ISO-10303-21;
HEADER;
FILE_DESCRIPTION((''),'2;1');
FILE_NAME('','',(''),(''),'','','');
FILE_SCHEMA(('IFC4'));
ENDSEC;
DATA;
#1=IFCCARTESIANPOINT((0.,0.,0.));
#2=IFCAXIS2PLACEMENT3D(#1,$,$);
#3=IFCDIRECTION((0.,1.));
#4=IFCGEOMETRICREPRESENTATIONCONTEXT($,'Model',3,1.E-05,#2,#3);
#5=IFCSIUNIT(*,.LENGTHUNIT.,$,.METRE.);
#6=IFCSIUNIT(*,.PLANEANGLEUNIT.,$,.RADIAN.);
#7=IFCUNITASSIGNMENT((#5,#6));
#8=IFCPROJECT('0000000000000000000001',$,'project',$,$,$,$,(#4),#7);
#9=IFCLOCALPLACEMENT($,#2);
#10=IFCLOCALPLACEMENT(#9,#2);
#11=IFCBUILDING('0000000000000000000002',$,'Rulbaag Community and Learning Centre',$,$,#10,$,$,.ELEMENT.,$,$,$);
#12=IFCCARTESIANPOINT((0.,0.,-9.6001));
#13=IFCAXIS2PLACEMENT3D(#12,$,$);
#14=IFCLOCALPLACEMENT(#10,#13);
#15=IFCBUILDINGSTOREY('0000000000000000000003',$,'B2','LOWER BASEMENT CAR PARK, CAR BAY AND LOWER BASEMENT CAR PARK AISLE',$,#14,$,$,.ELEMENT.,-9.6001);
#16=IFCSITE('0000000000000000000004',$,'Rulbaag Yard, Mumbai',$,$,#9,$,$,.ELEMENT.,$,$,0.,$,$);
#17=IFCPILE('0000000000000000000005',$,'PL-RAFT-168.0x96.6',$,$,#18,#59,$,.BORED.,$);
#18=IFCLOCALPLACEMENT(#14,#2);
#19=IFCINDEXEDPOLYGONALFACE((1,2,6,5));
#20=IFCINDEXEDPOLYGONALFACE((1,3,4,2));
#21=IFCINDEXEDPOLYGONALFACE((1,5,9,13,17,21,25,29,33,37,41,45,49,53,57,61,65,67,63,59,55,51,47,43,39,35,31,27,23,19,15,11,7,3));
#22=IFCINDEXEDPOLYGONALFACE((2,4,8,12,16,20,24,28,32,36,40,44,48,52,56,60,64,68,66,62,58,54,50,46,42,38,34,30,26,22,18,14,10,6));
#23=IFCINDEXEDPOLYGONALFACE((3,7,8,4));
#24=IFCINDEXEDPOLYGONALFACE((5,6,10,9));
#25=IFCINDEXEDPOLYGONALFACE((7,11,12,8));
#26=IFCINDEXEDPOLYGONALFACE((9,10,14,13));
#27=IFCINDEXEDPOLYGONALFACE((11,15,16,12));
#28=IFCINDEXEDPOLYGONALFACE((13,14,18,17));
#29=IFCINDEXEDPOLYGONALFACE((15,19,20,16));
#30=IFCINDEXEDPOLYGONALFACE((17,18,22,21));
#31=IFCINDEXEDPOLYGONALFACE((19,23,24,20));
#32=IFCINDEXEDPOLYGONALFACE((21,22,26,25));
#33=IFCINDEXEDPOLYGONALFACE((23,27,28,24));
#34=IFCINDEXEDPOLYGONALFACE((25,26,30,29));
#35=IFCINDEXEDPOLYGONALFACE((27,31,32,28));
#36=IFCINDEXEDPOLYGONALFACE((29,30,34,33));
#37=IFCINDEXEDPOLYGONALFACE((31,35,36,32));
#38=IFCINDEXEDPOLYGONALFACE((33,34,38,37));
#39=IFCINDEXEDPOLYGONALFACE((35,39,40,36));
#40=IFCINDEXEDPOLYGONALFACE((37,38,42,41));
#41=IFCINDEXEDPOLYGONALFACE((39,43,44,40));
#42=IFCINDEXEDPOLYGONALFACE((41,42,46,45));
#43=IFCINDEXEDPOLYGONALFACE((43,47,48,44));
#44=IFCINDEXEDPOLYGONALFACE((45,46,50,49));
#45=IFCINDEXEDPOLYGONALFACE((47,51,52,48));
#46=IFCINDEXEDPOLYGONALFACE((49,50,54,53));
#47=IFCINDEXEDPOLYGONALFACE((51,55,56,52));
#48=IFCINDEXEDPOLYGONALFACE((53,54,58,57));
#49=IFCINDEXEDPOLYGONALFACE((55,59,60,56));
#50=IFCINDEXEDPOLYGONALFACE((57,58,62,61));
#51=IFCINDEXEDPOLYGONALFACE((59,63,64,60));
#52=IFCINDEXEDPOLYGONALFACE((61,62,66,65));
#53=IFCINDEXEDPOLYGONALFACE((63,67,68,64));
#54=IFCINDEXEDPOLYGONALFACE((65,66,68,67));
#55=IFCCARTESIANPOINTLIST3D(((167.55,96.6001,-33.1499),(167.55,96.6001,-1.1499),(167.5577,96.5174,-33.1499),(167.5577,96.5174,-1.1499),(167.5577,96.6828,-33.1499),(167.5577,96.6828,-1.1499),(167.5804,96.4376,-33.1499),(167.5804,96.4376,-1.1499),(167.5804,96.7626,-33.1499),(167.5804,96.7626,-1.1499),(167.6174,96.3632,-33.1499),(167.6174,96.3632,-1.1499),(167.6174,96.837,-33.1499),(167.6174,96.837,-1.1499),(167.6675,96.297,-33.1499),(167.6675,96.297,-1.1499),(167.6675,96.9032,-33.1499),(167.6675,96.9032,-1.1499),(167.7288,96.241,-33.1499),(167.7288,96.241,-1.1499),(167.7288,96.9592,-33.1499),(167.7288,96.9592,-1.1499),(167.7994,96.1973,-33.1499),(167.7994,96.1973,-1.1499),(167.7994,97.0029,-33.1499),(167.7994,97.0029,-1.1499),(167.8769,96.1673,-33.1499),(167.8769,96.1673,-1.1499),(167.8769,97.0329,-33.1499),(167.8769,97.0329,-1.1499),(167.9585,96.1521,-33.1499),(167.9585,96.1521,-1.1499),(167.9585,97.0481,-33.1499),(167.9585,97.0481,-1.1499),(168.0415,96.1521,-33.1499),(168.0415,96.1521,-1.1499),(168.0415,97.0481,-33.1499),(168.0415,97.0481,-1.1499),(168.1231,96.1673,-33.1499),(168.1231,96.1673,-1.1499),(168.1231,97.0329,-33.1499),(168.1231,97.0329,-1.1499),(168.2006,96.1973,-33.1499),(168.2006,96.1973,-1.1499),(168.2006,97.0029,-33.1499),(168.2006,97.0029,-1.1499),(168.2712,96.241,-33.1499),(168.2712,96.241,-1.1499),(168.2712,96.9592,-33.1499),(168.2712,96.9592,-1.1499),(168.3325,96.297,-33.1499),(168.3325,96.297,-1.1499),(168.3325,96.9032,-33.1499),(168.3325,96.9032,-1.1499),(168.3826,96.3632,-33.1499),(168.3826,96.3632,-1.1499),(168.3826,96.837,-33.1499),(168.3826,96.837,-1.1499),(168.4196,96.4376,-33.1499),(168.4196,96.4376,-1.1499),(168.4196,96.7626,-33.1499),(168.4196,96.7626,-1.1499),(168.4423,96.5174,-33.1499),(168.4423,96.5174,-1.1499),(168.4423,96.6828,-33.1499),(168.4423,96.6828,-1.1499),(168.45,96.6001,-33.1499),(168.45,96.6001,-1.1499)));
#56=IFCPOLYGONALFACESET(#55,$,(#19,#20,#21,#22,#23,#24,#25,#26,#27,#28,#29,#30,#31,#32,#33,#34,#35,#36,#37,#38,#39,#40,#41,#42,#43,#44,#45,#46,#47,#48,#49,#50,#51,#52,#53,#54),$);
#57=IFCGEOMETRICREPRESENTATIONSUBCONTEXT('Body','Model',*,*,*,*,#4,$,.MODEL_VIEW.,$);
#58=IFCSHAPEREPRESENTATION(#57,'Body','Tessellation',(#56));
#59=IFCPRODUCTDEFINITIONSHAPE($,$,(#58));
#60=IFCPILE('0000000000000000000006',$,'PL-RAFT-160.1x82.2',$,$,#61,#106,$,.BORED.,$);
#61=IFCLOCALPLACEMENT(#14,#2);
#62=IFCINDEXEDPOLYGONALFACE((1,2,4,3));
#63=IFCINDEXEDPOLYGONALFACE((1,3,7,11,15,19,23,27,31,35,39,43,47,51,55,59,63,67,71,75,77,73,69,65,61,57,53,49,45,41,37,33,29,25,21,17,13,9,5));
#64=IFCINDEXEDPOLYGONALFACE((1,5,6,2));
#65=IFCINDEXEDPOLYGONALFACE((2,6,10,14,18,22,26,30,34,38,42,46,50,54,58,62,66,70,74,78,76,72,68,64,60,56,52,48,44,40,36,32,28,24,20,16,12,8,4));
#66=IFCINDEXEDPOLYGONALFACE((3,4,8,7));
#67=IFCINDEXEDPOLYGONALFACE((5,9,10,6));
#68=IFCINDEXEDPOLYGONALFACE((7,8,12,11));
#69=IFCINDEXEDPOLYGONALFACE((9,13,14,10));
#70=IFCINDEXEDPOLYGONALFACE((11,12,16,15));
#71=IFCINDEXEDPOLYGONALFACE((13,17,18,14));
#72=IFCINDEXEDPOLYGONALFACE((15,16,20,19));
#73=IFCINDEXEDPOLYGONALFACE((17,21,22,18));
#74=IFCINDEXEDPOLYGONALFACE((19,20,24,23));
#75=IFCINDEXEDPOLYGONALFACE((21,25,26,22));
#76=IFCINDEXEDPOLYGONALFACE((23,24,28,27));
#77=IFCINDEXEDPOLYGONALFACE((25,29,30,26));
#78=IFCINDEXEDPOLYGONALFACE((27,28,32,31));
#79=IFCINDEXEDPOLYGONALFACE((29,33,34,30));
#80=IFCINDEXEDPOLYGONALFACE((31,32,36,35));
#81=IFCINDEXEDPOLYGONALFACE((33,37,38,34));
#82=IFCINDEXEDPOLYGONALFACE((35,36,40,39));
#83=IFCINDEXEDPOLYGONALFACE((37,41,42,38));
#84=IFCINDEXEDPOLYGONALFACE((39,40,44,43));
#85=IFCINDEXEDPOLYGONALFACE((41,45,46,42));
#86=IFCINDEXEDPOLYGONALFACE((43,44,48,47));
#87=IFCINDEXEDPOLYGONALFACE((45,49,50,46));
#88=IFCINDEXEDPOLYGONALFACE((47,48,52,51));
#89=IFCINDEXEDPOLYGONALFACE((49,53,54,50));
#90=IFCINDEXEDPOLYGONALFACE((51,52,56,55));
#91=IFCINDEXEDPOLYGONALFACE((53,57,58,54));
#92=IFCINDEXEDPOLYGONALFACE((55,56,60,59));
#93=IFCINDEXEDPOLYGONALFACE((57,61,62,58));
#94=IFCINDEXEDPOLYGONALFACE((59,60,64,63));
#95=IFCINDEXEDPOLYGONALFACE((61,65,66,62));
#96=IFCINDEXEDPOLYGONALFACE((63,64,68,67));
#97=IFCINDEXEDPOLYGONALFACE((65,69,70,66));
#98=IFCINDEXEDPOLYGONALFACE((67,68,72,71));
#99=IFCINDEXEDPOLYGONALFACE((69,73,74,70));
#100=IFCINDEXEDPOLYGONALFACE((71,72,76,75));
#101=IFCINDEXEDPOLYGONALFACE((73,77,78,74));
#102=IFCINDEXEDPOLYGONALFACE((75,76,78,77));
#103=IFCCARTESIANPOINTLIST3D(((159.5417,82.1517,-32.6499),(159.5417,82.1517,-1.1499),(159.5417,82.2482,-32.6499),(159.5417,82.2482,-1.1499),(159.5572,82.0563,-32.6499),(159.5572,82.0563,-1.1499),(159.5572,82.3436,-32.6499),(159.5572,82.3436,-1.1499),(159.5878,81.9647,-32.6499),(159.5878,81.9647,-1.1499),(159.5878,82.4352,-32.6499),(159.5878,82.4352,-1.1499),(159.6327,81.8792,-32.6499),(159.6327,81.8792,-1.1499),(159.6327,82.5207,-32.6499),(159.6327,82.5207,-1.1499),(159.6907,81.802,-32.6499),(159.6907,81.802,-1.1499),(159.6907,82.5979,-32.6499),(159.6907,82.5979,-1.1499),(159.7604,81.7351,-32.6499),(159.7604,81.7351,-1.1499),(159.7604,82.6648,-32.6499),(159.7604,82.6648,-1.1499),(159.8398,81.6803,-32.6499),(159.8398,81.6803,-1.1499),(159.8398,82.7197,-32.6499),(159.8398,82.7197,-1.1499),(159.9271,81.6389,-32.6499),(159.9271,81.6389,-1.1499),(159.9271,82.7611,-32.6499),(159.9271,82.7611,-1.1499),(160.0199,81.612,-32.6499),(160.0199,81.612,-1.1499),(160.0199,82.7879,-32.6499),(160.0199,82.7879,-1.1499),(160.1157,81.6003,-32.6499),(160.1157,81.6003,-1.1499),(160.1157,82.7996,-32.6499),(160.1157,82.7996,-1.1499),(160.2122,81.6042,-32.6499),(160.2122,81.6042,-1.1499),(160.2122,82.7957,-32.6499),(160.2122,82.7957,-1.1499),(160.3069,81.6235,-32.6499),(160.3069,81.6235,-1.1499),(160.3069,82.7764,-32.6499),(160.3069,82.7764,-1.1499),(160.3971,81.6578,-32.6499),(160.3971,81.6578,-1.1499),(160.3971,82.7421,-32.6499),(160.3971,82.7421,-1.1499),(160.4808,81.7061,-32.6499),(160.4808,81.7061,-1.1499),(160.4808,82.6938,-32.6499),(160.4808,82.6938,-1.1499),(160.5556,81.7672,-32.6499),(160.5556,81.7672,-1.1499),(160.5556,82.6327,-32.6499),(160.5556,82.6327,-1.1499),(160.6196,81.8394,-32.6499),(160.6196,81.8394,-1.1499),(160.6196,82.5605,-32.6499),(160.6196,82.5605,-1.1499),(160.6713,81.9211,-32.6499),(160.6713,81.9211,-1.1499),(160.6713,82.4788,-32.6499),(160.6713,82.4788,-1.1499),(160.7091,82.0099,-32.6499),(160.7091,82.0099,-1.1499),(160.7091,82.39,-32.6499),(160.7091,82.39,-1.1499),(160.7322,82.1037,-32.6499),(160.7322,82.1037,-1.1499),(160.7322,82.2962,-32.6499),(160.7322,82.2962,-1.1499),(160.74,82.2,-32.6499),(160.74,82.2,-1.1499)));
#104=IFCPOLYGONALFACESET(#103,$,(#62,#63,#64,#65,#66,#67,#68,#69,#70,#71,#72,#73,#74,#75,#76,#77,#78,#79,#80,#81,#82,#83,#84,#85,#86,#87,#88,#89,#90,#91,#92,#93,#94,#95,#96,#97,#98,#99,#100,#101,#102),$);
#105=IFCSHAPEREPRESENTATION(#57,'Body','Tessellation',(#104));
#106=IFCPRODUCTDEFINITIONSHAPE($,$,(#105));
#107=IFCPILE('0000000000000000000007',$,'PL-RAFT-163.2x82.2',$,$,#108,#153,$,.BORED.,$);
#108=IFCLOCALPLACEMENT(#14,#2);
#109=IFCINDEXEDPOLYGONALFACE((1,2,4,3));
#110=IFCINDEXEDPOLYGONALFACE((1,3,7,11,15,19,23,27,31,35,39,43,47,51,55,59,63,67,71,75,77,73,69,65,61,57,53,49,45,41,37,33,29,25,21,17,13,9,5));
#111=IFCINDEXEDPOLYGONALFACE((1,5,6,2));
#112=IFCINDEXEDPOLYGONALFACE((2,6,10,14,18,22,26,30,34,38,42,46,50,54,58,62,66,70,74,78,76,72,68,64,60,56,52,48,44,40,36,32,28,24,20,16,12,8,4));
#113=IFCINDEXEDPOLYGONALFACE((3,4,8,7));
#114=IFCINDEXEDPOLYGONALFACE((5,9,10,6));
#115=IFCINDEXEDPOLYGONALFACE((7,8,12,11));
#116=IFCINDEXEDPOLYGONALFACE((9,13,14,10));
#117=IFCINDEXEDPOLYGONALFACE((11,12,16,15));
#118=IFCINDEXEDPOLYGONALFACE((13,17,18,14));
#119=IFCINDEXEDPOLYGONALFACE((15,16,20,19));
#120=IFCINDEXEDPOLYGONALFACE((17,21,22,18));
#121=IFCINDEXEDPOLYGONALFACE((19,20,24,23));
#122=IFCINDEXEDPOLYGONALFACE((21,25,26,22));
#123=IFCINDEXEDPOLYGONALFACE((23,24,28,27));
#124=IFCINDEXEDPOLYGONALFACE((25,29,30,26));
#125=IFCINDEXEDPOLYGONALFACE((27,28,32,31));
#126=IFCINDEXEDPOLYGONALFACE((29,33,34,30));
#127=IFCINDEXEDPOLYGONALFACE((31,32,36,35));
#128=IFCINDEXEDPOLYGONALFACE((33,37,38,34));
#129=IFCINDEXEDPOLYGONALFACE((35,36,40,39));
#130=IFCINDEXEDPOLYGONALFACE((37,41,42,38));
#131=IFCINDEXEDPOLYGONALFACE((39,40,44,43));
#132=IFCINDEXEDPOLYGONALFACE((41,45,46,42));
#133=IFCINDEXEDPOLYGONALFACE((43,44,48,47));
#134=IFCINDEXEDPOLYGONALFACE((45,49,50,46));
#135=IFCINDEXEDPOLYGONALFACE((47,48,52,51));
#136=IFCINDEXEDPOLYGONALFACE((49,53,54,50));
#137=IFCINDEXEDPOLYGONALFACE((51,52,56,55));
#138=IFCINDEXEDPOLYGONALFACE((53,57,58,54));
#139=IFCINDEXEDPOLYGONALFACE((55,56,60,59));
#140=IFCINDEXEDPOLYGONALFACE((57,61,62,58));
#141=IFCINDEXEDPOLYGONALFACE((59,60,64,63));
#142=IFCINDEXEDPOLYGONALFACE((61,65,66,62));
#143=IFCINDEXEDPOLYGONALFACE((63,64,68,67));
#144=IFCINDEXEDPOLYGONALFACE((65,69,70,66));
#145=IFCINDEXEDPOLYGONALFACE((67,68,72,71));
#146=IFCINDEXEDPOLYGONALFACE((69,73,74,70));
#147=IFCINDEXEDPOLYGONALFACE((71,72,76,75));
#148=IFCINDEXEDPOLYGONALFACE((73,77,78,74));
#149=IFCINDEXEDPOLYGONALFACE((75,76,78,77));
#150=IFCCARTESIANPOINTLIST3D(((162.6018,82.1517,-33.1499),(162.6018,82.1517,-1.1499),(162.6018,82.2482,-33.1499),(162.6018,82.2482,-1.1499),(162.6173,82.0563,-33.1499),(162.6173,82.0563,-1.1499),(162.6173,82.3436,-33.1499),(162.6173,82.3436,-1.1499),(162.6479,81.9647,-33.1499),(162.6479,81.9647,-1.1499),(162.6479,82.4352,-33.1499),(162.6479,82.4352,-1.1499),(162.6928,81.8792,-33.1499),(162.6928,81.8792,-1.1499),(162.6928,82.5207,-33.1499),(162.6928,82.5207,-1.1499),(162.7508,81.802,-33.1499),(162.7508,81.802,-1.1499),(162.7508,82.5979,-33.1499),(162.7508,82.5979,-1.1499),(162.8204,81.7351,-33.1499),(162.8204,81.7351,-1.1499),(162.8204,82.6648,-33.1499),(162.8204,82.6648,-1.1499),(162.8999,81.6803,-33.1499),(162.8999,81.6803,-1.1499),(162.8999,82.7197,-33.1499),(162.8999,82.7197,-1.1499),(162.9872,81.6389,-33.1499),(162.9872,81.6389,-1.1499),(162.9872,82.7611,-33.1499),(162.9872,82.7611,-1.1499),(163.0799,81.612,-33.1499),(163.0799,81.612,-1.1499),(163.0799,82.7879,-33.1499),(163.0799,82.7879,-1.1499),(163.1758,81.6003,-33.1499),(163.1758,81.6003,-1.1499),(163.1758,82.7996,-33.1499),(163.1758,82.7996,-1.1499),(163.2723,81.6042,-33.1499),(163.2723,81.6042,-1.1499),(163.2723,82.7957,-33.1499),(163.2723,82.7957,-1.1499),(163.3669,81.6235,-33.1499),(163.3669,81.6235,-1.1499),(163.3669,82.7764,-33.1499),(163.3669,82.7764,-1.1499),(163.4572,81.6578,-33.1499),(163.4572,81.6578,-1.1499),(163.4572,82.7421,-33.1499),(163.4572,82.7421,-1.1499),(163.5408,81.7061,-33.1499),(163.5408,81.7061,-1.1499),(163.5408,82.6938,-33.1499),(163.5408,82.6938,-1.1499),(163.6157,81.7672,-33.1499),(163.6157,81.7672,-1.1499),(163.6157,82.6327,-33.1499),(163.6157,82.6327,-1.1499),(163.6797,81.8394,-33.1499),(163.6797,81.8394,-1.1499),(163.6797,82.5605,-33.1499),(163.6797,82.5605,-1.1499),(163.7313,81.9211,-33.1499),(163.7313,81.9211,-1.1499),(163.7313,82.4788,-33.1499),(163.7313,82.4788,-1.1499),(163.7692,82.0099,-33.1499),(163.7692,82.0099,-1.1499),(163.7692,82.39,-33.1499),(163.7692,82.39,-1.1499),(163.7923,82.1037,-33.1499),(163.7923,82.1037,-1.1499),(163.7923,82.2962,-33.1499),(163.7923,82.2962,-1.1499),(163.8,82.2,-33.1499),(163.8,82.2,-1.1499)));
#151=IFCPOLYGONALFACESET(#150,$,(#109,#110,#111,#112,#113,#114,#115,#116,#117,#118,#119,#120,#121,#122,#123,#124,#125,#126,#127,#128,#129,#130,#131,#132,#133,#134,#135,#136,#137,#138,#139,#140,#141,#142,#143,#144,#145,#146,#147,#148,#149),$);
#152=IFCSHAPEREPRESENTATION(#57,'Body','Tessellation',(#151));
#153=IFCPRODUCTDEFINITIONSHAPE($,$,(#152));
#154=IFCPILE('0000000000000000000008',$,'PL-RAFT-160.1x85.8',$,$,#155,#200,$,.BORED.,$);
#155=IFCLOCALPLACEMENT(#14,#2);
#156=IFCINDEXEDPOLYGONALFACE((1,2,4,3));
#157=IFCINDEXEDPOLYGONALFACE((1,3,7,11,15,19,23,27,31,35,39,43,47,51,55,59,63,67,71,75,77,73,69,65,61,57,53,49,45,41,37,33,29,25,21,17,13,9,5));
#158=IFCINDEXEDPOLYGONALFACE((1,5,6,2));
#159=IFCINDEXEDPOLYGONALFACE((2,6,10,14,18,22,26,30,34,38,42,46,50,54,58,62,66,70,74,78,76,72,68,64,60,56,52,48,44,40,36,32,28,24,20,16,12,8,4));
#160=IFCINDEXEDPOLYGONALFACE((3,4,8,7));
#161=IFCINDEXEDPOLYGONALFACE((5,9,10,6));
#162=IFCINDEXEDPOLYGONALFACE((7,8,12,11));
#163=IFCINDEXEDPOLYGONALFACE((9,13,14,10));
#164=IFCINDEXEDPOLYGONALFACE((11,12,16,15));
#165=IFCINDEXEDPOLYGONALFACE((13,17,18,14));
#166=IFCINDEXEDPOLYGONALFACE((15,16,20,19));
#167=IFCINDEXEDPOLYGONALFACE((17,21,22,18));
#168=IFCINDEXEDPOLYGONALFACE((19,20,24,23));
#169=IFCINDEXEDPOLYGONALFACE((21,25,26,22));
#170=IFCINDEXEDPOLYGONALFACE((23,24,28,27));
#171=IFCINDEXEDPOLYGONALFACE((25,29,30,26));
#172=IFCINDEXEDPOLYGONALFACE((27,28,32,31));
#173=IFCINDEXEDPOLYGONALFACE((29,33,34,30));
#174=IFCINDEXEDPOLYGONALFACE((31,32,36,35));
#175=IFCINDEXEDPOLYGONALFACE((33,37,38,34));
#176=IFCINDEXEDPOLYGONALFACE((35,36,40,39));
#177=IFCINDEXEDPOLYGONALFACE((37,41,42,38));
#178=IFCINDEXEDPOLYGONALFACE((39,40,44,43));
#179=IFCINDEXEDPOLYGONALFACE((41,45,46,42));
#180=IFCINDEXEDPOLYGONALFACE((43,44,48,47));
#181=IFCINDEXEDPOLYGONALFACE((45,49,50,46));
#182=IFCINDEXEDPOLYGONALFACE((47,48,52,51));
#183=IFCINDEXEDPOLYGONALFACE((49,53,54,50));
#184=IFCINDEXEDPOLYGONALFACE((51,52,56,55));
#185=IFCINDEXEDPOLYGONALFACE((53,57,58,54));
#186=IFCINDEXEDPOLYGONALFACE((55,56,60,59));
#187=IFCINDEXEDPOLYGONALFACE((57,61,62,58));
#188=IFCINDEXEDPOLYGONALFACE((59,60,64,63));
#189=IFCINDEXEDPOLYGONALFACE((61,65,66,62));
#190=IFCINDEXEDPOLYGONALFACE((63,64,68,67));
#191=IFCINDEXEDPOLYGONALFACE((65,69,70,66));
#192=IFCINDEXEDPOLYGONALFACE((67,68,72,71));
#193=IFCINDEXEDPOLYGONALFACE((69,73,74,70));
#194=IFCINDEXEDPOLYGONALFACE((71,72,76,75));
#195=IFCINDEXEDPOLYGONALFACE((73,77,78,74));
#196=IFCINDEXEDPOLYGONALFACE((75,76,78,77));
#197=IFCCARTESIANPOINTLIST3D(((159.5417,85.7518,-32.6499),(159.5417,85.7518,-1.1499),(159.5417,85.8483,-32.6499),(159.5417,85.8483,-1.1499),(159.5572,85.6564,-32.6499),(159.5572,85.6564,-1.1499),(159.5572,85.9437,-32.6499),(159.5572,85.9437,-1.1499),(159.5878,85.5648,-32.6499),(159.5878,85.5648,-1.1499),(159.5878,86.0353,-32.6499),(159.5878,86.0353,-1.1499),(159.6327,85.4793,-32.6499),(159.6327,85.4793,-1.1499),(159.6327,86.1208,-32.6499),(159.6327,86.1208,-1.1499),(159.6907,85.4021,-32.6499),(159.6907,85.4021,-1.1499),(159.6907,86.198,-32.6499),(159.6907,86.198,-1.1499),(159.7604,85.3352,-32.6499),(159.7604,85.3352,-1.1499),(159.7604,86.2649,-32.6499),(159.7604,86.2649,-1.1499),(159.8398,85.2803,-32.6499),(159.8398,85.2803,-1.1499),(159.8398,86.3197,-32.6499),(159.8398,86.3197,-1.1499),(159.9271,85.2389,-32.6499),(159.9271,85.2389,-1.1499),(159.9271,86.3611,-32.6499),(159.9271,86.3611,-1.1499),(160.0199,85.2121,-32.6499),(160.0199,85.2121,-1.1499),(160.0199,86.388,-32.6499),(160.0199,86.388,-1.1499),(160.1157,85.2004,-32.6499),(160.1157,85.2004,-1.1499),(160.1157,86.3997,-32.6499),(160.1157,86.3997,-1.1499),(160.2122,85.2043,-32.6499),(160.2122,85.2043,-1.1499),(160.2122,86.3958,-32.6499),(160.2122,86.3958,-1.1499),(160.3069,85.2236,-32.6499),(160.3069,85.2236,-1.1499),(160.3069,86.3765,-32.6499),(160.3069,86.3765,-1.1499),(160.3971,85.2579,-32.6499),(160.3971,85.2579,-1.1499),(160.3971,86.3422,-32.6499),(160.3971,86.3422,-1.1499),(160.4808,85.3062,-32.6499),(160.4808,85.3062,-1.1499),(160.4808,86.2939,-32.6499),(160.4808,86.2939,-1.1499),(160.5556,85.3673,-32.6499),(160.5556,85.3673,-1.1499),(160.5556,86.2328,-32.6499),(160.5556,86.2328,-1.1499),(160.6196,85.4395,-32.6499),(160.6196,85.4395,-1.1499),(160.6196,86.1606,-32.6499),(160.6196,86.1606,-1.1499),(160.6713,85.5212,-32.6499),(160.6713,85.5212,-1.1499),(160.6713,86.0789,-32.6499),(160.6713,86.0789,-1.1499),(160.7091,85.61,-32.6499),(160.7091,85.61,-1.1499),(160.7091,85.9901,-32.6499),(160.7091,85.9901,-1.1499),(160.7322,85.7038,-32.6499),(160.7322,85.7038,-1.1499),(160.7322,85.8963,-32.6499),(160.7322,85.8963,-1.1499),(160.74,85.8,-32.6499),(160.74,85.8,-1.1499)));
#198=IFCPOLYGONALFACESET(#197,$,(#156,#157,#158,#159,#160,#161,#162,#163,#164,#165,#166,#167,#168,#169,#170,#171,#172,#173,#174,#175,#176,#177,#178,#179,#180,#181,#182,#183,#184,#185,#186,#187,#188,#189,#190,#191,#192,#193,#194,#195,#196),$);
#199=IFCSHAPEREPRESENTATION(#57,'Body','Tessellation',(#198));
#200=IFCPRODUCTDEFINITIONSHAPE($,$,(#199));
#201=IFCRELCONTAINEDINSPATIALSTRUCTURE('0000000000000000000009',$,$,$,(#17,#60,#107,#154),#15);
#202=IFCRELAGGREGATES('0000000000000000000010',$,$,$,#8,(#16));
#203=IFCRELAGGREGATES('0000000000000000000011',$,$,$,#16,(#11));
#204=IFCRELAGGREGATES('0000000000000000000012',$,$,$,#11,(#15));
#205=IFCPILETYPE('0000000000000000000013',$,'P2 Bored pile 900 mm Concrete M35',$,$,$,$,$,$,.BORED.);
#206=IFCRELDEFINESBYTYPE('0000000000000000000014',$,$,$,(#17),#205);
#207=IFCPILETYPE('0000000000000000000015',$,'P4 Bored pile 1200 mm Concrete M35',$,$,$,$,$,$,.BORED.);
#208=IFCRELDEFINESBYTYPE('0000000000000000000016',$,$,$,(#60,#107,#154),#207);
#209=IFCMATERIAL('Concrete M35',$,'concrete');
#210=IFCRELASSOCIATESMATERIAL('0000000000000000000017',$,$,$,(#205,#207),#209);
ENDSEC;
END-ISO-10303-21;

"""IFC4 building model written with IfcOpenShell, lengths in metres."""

from ifc_helpers import new_model, si_unit, direction, frame, origin, origin_2d, place, context, subcontext, project, spatial, circle, extrude, material, material_profile, profile_set, type_object, element, save


model = new_model("IFC4")

# Units and contexts
model_context = context("Model", 3, precision=1e-05, world=origin(), true_north=direction((0.0, 1.0)))
body_context = subcontext(model_context, "Body", "Model", "MODEL_VIEW")
ifc_project = project(units=[si_unit("LENGTHUNIT", "METRE"), si_unit("PLANEANGLEUNIT", "RADIAN")], contexts=[model_context])

# Site, building, storey
site_placement = place(None, origin())
site = spatial("IfcSite", under=ifc_project, at=site_placement, Name="Rulbaag Yard, Mumbai", CompositionType="ELEMENT", RefElevation=0.0)
building_placement = place(site_placement, origin())
building = spatial("IfcBuilding", under=site, at=building_placement, Name="Rulbaag Community and Learning Centre", CompositionType="ELEMENT")
storey_placement = place(building_placement, frame((0.0, 0.0, -9.6001)))
storey = spatial("IfcBuildingStorey", under=building, at=storey_placement, Name="B2", Description="LOWER BASEMENT CAR PARK, CAR BAY AND LOWER BASEMENT CAR PARK AISLE", CompositionType="ELEMENT", Elevation=-9.6001)

# Piles
ifc_material_1 = material(Name="Concrete M35", Category="concrete")
ifc_material_profile_1 = material_profile(ifc_material_1, circle(Radius=0.45, at=origin_2d()), Name="BP900")
ifc_profile_set_1 = profile_set([ifc_material_profile_1], Name="Concrete M35")
pile_type_1 = type_object("IfcPileType", Name="P2 Bored pile 900 mm Concrete M35", PredefinedType="BORED", material=ifc_profile_set_1)
pile_1_placement = place(storey_placement, frame((168.0, 96.6001, -1.1499), z_axis=(0.0, 0.0, -1.0), x_axis=(1.0, 0.0, 0.0)))
element("IfcPile", 1, at=pile_1_placement, inside=storey, type_object=pile_type_1, Name="PL-RAFT-168.0x96.6", PredefinedType="BORED", context=body_context, shape_type="SweptSolid", body=[
    extrude(circle(Radius=0.45, at=origin_2d()), origin(), (0.0, 0.0, 1.0), 32.0),
])
ifc_material_profile_2 = material_profile(ifc_material_1, circle(Radius=0.6001, at=origin_2d()), Name="BP1200")
ifc_profile_set_2 = profile_set([ifc_material_profile_2], Name="Concrete M35")
pile_type_2 = type_object("IfcPileType", Name="P4 Bored pile 1200 mm Concrete M35", PredefinedType="BORED", material=ifc_profile_set_2)
pile_2_placement = place(storey_placement, frame((160.1399, 82.2, -1.1499), z_axis=(0.0, 0.0, -1.0), x_axis=(1.0, 0.0, 0.0)))
element("IfcPile", 2, at=pile_2_placement, inside=storey, type_object=pile_type_2, Name="PL-RAFT-160.1x82.2", PredefinedType="BORED", context=body_context, shape_type="SweptSolid", body=[
    extrude(circle(Radius=0.6001, at=origin_2d()), origin(), (0.0, 0.0, 1.0), 31.5),
])
pile_3_placement = place(storey_placement, frame((163.2, 82.2, -1.1499), z_axis=(0.0, 0.0, -1.0), x_axis=(1.0, 0.0, 0.0)))
element("IfcPile", 3, at=pile_3_placement, inside=storey, type_object=pile_type_2, Name="PL-RAFT-163.2x82.2", PredefinedType="BORED", context=body_context, shape_type="SweptSolid", body=[
    extrude(circle(Radius=0.6001, at=origin_2d()), origin(), (0.0, 0.0, 1.0), 32.0),
])
pile_4_placement = place(storey_placement, frame((160.1399, 85.8, -1.1499), z_axis=(0.0, 0.0, -1.0), x_axis=(1.0, 0.0, 0.0)))
element("IfcPile", 4, at=pile_4_placement, inside=storey, type_object=pile_type_2, Name="PL-RAFT-160.1x85.8", PredefinedType="BORED", context=body_context, shape_type="SweptSolid", body=[
    extrude(circle(Radius=0.6001, at=origin_2d()), origin(), (0.0, 0.0, 1.0), 31.5),
])

save(model, "model.ifc")
